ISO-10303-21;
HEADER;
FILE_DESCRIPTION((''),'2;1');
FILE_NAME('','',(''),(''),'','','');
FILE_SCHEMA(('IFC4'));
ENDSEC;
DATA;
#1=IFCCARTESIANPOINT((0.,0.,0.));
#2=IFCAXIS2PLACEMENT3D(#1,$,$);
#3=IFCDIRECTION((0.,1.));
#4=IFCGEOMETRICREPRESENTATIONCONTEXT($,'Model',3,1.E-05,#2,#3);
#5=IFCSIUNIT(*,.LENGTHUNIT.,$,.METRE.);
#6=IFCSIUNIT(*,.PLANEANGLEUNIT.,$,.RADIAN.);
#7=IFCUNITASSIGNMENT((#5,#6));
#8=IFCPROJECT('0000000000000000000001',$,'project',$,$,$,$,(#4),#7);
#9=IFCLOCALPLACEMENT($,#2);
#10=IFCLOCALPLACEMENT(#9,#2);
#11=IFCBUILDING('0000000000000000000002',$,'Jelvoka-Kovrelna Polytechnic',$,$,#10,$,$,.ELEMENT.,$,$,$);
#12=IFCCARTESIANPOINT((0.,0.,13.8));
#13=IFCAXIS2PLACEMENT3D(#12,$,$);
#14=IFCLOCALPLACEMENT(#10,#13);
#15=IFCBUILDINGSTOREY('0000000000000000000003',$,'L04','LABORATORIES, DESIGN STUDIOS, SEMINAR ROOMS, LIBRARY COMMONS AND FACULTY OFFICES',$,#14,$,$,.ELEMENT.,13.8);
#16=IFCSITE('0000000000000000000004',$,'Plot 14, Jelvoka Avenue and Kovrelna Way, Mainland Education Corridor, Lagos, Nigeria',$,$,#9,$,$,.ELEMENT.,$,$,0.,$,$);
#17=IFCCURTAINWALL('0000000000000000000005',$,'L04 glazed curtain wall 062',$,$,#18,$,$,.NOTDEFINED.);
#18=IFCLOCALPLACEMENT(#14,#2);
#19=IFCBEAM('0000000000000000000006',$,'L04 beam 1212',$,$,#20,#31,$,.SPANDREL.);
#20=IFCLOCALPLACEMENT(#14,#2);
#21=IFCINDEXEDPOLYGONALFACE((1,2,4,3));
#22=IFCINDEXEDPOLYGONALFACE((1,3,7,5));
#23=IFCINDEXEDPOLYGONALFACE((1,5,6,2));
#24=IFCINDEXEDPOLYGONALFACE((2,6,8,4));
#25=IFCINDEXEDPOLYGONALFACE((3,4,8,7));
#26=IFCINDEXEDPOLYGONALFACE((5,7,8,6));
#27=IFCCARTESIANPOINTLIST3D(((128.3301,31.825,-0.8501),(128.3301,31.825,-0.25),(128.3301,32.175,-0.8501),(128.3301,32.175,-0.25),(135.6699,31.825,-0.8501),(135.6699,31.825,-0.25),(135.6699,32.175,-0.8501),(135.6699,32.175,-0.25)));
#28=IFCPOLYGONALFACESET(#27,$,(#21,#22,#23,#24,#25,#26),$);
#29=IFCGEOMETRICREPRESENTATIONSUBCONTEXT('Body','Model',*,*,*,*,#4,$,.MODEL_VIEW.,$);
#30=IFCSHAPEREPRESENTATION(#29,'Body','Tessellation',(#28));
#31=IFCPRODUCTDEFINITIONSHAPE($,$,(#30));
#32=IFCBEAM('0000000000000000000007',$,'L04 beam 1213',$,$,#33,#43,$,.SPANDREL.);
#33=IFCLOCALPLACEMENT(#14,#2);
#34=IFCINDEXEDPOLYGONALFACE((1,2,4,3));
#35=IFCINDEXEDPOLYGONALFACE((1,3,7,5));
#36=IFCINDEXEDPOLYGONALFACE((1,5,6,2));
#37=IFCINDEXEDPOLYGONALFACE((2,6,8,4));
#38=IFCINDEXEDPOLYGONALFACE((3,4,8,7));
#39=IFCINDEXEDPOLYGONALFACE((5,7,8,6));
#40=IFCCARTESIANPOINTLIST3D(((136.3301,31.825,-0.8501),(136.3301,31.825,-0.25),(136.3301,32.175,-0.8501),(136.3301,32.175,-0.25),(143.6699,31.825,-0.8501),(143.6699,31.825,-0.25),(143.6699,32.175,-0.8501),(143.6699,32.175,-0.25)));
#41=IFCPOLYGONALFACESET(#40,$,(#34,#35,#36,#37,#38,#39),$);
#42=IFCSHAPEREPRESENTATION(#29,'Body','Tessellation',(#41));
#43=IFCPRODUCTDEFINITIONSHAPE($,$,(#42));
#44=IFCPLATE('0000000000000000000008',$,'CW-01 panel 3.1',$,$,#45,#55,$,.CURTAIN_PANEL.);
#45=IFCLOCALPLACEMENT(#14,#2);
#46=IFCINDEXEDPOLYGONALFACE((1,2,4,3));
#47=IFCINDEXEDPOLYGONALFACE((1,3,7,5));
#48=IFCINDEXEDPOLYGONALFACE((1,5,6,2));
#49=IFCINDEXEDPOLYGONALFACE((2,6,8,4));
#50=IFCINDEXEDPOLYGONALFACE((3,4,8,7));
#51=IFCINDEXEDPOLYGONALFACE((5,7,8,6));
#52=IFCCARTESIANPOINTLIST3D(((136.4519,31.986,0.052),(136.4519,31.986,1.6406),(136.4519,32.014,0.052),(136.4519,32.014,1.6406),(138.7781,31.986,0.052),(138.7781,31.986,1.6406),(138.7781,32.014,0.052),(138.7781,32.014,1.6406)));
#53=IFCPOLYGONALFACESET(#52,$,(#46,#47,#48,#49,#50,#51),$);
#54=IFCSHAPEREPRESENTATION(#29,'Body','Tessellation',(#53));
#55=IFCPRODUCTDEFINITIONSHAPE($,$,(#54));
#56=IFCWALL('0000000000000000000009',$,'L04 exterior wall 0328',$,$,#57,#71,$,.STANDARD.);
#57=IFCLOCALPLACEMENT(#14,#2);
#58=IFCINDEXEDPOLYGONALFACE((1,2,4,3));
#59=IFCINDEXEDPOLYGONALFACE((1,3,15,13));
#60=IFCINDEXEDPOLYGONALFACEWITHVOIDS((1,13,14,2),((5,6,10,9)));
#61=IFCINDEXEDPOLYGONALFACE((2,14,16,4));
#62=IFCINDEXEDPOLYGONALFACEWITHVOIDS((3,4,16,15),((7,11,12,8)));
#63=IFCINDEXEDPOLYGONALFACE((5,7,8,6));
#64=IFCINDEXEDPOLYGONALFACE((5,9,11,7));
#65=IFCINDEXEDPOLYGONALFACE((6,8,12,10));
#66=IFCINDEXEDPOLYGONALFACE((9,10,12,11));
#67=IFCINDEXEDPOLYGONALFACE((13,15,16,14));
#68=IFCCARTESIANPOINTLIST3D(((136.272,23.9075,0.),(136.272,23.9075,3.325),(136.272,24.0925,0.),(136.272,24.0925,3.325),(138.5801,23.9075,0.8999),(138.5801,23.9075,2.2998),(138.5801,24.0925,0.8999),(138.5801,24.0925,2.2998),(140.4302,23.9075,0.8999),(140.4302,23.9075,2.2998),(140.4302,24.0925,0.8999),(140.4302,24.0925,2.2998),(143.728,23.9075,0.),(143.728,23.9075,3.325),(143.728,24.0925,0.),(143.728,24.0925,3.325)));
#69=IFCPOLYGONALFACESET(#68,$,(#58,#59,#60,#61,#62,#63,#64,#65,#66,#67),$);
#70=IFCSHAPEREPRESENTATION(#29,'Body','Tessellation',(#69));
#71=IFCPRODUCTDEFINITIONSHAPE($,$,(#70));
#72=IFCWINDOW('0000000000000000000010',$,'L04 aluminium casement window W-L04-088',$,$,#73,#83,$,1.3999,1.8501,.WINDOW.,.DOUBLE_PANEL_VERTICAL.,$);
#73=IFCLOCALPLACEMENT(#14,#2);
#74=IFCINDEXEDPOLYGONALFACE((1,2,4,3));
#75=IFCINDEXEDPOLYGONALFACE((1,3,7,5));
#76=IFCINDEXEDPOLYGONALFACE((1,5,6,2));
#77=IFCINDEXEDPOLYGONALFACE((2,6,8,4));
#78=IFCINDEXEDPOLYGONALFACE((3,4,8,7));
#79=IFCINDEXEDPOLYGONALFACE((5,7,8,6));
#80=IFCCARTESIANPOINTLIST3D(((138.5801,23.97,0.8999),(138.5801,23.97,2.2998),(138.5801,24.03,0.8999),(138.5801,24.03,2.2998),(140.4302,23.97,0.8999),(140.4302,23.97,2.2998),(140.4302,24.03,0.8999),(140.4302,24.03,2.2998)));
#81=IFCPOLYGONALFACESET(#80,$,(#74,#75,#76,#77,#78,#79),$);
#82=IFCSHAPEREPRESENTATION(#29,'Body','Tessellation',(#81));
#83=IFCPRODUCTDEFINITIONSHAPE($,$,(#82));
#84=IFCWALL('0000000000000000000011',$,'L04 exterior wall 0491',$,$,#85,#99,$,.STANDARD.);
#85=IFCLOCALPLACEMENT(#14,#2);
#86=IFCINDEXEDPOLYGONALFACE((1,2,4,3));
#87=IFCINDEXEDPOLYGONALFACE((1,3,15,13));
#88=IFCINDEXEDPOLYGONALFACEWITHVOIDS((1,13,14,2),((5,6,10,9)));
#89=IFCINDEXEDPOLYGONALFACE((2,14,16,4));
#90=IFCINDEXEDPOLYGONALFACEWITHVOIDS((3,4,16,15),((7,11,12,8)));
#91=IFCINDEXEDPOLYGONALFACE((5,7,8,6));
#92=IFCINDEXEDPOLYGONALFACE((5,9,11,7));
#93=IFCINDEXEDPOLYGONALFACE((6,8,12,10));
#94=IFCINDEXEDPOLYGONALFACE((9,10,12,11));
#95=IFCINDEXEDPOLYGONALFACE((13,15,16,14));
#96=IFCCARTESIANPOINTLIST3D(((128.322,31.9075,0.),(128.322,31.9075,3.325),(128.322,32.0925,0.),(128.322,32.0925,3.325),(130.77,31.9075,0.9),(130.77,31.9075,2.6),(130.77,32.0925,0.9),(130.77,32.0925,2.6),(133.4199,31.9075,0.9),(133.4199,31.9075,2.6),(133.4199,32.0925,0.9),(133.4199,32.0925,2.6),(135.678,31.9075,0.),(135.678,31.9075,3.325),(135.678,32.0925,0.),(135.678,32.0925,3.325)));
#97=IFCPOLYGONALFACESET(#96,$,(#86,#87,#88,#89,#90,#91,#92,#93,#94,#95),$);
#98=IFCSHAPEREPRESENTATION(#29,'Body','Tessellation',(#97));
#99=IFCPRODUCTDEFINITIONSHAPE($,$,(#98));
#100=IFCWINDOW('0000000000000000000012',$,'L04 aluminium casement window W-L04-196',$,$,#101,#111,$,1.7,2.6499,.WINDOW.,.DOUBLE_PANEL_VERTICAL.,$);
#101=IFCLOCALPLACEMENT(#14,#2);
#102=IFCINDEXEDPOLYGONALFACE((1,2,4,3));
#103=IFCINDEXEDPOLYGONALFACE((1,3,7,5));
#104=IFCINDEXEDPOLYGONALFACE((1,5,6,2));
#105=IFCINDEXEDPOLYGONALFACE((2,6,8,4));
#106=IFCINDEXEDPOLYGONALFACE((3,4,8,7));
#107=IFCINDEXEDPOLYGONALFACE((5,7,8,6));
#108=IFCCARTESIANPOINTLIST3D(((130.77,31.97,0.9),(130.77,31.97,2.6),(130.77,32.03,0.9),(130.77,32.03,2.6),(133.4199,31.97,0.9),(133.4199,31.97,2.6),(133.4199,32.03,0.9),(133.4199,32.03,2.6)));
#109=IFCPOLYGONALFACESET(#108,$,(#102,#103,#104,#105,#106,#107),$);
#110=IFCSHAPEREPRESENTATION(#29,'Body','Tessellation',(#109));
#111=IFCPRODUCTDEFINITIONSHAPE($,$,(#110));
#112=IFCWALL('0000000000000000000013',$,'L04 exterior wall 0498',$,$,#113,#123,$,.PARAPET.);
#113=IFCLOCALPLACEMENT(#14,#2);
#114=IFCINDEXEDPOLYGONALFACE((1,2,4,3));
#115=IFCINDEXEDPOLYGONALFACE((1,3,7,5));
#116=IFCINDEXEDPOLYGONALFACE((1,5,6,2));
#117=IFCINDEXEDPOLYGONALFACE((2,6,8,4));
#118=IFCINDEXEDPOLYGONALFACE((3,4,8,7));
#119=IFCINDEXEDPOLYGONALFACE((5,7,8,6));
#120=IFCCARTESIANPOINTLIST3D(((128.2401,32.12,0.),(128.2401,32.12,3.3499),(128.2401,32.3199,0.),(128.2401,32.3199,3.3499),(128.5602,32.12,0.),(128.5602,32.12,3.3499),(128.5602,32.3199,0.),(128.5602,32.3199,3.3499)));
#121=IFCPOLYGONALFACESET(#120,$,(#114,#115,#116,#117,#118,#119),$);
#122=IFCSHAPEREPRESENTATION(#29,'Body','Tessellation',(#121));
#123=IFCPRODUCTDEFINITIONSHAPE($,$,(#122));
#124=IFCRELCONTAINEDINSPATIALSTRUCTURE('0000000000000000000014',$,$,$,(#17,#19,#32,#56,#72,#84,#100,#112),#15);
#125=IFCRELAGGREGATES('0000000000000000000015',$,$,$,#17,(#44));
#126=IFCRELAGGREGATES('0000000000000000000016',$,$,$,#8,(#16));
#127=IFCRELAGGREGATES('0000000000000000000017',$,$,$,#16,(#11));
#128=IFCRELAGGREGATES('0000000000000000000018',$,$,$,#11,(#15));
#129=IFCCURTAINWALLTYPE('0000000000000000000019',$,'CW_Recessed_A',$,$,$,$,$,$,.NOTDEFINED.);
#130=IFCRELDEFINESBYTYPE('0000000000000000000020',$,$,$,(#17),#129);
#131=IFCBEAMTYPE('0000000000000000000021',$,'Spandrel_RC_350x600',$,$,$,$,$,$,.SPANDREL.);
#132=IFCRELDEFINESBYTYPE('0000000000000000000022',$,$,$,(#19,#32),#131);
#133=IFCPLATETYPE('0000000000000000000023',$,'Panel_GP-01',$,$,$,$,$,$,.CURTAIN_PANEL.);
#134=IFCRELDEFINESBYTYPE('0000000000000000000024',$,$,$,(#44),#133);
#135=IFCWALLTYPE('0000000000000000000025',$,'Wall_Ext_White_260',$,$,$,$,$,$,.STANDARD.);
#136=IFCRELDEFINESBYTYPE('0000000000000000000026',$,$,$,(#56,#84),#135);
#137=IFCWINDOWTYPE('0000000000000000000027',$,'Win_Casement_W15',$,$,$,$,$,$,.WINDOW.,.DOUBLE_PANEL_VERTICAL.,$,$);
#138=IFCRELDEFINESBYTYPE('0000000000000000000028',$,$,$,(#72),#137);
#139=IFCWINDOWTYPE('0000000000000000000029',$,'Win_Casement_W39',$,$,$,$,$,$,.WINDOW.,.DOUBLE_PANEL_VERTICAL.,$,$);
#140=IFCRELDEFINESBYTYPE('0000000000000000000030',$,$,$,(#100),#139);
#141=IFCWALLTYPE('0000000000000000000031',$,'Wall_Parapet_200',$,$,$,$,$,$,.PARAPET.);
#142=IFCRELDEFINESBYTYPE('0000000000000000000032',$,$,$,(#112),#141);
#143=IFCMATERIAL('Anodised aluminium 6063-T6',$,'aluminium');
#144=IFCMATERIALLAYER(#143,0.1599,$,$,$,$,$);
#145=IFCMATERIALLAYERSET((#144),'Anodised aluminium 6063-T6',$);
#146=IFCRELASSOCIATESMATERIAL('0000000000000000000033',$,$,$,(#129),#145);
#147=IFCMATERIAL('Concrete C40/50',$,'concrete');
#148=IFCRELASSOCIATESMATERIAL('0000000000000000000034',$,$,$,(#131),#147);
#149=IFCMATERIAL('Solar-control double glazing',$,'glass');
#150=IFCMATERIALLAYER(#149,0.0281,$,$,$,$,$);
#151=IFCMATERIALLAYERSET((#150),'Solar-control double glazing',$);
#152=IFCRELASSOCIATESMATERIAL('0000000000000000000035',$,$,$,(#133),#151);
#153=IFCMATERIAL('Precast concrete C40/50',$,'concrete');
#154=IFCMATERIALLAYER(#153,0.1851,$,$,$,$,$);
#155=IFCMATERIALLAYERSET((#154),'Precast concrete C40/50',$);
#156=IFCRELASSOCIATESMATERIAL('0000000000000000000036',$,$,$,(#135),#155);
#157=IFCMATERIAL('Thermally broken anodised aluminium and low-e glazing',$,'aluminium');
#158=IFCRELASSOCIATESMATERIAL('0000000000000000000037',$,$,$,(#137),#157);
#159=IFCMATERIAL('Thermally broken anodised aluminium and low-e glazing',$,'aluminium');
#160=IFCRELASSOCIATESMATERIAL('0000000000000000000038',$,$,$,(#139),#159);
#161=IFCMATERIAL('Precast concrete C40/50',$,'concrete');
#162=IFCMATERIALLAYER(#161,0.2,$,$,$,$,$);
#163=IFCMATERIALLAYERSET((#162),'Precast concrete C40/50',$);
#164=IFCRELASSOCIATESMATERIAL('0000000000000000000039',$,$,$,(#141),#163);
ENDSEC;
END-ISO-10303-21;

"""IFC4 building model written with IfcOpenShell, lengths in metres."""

from ifc_helpers import new_model, si_unit, direction, frame, frame_2d, origin, origin_2d, place, context, subcontext, project, spatial, rectangle, extrude, material, layer, layer_set, material_profile, profile_set, type_object, element, fill, aggregate, save


model = new_model("IFC4")

# Units and contexts
model_context = context("Model", 3, precision=1e-05, world=origin(), true_north=direction((0.0, 1.0)))
body_context = subcontext(model_context, "Body", "Model", "MODEL_VIEW")
ifc_project = project(units=[si_unit("LENGTHUNIT", "METRE"), si_unit("PLANEANGLEUNIT", "RADIAN")], contexts=[model_context])

# Site, building, storey
site_placement = place(None, origin())
site = spatial("IfcSite", under=ifc_project, at=site_placement, Name="Plot 14, Jelvoka Avenue and Kovrelna Way, Mainland Education Corridor, Lagos, Nigeria", CompositionType="ELEMENT", RefElevation=0.0)
building_placement = place(site_placement, origin())
building = spatial("IfcBuilding", under=site, at=building_placement, Name="Jelvoka-Kovrelna Polytechnic", CompositionType="ELEMENT")
storey_placement = place(building_placement, frame((0.0, 0.0, 13.8)))
storey = spatial("IfcBuildingStorey", under=building, at=storey_placement, Name="L04", Description="LABORATORIES, DESIGN STUDIOS, SEMINAR ROOMS, LIBRARY COMMONS AND FACULTY OFFICES", CompositionType="ELEMENT", Elevation=13.8)

# Curtain wall
ifc_material_1 = material(Name="Anodised aluminium 6063-T6", Category="aluminium")
ifc_layer_1 = layer(ifc_material_1, 0.1599)
ifc_layer_set_1 = layer_set([ifc_layer_1], Name="Anodised aluminium 6063-T6")
curtain_wall_type = type_object("IfcCurtainWallType", Name="CW_Recessed_A", PredefinedType="NOTDEFINED", material=ifc_layer_set_1)
curtain_wall_placement = place(storey_placement, origin())
curtain_wall = element("IfcCurtainWall", 1, at=curtain_wall_placement, inside=storey, type_object=curtain_wall_type, Name="L04 glazed curtain wall 062", PredefinedType="NOTDEFINED")

# Beams
ifc_material_2 = material(Name="Concrete C40/50", Category="concrete")
ifc_material_profile_1 = material_profile(ifc_material_2, rectangle(XDim=0.3501, YDim=0.6001, at=origin_2d()), Name="RC 350x600")
ifc_profile_set_1 = profile_set([ifc_material_profile_1], Name="Concrete C40/50")
beam_type = type_object("IfcBeamType", Name="Spandrel_RC_350x600", PredefinedType="SPANDREL", material=ifc_profile_set_1)
for number, where, z_axis, x_axis, name in (
    (2, (128.3301, 32.0, -0.55), (1.0, 0.0, 0.0), (0.0, 1.0, 0.0), "L04 beam 1212"),
    (3, (136.3301, 32.0, -0.55), (1.0, 0.0, 0.0), (0.0, 1.0, 0.0), "L04 beam 1213"),
):
    element("IfcBeam", number, at=place(storey_placement, frame(where, z_axis=z_axis, x_axis=x_axis)), inside=storey, type_object=beam_type, Name=name, PredefinedType="SPANDREL", context=body_context, shape_type="SweptSolid", body=[
        extrude(rectangle(XDim=0.3501, YDim=0.6001, at=origin_2d()), origin(), (0.0, 0.0, 1.0), 7.3398),
    ])

# Plate
ifc_material_3 = material(Name="Solar-control double glazing", Category="glass")
ifc_layer_2 = layer(ifc_material_3, 0.0281)
ifc_layer_set_2 = layer_set([ifc_layer_2], Name="Solar-control double glazing")
plate_type = type_object("IfcPlateType", Name="Panel_GP-01", PredefinedType="CURTAIN_PANEL", material=ifc_layer_set_2)
plate_placement = place(storey_placement, frame((137.615, 32.0, 0.052), z_axis=(0.0, 0.0, 1.0), x_axis=(-1.0, 0.0, 0.0)))
plate = element("IfcPlate", 4, at=plate_placement, type_object=plate_type, Name="CW-01 panel 3.1", PredefinedType="CURTAIN_PANEL", context=body_context, shape_type="SweptSolid", body=[
    extrude(rectangle(XDim=2.3262, YDim=0.0281, at=origin_2d()), origin(), (0.0, 0.0, 1.0), 1.5886),
])
aggregate(curtain_wall, [plate])

# Walls, openings, windows
ifc_material_4 = material(Name="Precast concrete C40/50", Category="concrete")
ifc_layer_3 = layer(ifc_material_4, 0.1851)
ifc_layer_set_3 = layer_set([ifc_layer_3], Name="Precast concrete C40/50")
wall_type_1 = type_object("IfcWallType", Name="Wall_Ext_White_260", PredefinedType="STANDARD", material=ifc_layer_set_3)
wall_1_placement = place(storey_placement, frame((136.272, 24.0, 0.0), z_axis=(0.0, 0.0, 1.0), x_axis=(1.0, 0.0, 0.0)))
wall_1 = element("IfcWall", 5, at=wall_1_placement, inside=storey, type_object=wall_type_1, Name="L04 exterior wall 0328", PredefinedType="STANDARD", context=body_context, shape_type="SweptSolid", body=[
    extrude(rectangle(XDim=7.4561, YDim=0.1851, at=frame_2d((3.728, 0.0))), origin(), (0.0, 0.0, 1.0), 3.325),
])
opening_1_placement = place(wall_1_placement, frame((2.3081, 0.0, 0.8999)))
opening_1 = element("IfcOpeningElement", 6, at=opening_1_placement, cuts=wall_1, PredefinedType="OPENING", context=body_context, shape_type="SweptSolid", body=[
    extrude(rectangle(XDim=1.8501, YDim=1.3999, at=frame_2d((0.925, 0.7))), frame((0.0, 0.1025, 0.0), z_axis=(0.0, -1.0, 0.0), x_axis=(1.0, 0.0, 0.0)), (0.0, 0.0, 1.0), 0.2051),
])
ifc_material_5 = material(Name="Thermally broken anodised aluminium and low-e glazing", Category="aluminium")
window_type_1 = type_object("IfcWindowType", Name="Win_Casement_W15", PartitioningType="DOUBLE_PANEL_VERTICAL", PredefinedType="WINDOW", material=ifc_material_5)
window_1_placement = place(opening_1_placement, origin())
window_1 = element("IfcWindow", 7, at=window_1_placement, inside=storey, type_object=window_type_1, Name="L04 aluminium casement window W-L04-088", OverallHeight=1.3999, OverallWidth=1.8501, PartitioningType="DOUBLE_PANEL_VERTICAL", PredefinedType="WINDOW", context=body_context, shape_type="SweptSolid", body=[
    extrude(rectangle(XDim=1.8501, YDim=1.3999, at=frame_2d((0.925, 0.7))), frame((0.0, 0.03, 0.0), z_axis=(0.0, -1.0, 0.0), x_axis=(1.0, 0.0, 0.0)), (0.0, 0.0, 1.0), 0.0601),
])
fill(opening_1, window_1)
wall_2_placement = place(storey_placement, frame((135.678, 32.0, 0.0), z_axis=(0.0, 0.0, 1.0), x_axis=(-1.0, 0.0, 0.0)))
wall_2 = element("IfcWall", 8, at=wall_2_placement, inside=storey, type_object=wall_type_1, Name="L04 exterior wall 0491", PredefinedType="STANDARD", context=body_context, shape_type="SweptSolid", body=[
    extrude(rectangle(XDim=7.356, YDim=0.1851, at=frame_2d((3.678, 0.0))), origin(), (0.0, 0.0, 1.0), 3.325),
])
opening_2_placement = place(wall_2_placement, frame((2.2581, 0.0, 0.8999)))
opening_2 = element("IfcOpeningElement", 9, at=opening_2_placement, cuts=wall_2, PredefinedType="OPENING", context=body_context, shape_type="SweptSolid", body=[
    extrude(rectangle(XDim=2.6499, YDim=1.7, at=frame_2d((1.325, 0.8501))), frame((0.0, 0.1025, 0.0), z_axis=(0.0, -1.0, 0.0), x_axis=(1.0, 0.0, 0.0)), (0.0, 0.0, 1.0), 0.2051),
])
ifc_material_6 = material(Name="Thermally broken anodised aluminium and low-e glazing", Category="aluminium")
window_type_2 = type_object("IfcWindowType", Name="Win_Casement_W39", PartitioningType="DOUBLE_PANEL_VERTICAL", PredefinedType="WINDOW", material=ifc_material_6)
window_2_placement = place(opening_2_placement, origin())
window_2 = element("IfcWindow", 10, at=window_2_placement, inside=storey, type_object=window_type_2, Name="L04 aluminium casement window W-L04-196", OverallHeight=1.7, OverallWidth=2.6499, PartitioningType="DOUBLE_PANEL_VERTICAL", PredefinedType="WINDOW", context=body_context, shape_type="SweptSolid", body=[
    extrude(rectangle(XDim=2.6499, YDim=1.7, at=frame_2d((1.325, 0.8501))), frame((0.0, 0.03, 0.0), z_axis=(0.0, -1.0, 0.0), x_axis=(1.0, 0.0, 0.0)), (0.0, 0.0, 1.0), 0.0601),
])
fill(opening_2, window_2)

# Wall
ifc_material_7 = material(Name="Precast concrete C40/50", Category="concrete")
ifc_layer_4 = layer(ifc_material_7, 0.2)
ifc_layer_set_4 = layer_set([ifc_layer_4], Name="Precast concrete C40/50")
wall_type_2 = type_object("IfcWallType", Name="Wall_Parapet_200", PredefinedType="PARAPET", material=ifc_layer_set_4)
wall_3_placement = place(storey_placement, frame((128.24, 32.22, 0.0), z_axis=(0.0, 0.0, 1.0), x_axis=(1.0, 0.0, 0.0)))
element("IfcWall", 11, at=wall_3_placement, inside=storey, type_object=wall_type_2, Name="L04 exterior wall 0498", PredefinedType="PARAPET", context=body_context, shape_type="SweptSolid", body=[
    extrude(rectangle(XDim=0.3201, YDim=0.2, at=frame_2d((0.1602, 0.0))), origin(), (0.0, 0.0, 1.0), 3.3499),
])

save(model, "model.ifc")
